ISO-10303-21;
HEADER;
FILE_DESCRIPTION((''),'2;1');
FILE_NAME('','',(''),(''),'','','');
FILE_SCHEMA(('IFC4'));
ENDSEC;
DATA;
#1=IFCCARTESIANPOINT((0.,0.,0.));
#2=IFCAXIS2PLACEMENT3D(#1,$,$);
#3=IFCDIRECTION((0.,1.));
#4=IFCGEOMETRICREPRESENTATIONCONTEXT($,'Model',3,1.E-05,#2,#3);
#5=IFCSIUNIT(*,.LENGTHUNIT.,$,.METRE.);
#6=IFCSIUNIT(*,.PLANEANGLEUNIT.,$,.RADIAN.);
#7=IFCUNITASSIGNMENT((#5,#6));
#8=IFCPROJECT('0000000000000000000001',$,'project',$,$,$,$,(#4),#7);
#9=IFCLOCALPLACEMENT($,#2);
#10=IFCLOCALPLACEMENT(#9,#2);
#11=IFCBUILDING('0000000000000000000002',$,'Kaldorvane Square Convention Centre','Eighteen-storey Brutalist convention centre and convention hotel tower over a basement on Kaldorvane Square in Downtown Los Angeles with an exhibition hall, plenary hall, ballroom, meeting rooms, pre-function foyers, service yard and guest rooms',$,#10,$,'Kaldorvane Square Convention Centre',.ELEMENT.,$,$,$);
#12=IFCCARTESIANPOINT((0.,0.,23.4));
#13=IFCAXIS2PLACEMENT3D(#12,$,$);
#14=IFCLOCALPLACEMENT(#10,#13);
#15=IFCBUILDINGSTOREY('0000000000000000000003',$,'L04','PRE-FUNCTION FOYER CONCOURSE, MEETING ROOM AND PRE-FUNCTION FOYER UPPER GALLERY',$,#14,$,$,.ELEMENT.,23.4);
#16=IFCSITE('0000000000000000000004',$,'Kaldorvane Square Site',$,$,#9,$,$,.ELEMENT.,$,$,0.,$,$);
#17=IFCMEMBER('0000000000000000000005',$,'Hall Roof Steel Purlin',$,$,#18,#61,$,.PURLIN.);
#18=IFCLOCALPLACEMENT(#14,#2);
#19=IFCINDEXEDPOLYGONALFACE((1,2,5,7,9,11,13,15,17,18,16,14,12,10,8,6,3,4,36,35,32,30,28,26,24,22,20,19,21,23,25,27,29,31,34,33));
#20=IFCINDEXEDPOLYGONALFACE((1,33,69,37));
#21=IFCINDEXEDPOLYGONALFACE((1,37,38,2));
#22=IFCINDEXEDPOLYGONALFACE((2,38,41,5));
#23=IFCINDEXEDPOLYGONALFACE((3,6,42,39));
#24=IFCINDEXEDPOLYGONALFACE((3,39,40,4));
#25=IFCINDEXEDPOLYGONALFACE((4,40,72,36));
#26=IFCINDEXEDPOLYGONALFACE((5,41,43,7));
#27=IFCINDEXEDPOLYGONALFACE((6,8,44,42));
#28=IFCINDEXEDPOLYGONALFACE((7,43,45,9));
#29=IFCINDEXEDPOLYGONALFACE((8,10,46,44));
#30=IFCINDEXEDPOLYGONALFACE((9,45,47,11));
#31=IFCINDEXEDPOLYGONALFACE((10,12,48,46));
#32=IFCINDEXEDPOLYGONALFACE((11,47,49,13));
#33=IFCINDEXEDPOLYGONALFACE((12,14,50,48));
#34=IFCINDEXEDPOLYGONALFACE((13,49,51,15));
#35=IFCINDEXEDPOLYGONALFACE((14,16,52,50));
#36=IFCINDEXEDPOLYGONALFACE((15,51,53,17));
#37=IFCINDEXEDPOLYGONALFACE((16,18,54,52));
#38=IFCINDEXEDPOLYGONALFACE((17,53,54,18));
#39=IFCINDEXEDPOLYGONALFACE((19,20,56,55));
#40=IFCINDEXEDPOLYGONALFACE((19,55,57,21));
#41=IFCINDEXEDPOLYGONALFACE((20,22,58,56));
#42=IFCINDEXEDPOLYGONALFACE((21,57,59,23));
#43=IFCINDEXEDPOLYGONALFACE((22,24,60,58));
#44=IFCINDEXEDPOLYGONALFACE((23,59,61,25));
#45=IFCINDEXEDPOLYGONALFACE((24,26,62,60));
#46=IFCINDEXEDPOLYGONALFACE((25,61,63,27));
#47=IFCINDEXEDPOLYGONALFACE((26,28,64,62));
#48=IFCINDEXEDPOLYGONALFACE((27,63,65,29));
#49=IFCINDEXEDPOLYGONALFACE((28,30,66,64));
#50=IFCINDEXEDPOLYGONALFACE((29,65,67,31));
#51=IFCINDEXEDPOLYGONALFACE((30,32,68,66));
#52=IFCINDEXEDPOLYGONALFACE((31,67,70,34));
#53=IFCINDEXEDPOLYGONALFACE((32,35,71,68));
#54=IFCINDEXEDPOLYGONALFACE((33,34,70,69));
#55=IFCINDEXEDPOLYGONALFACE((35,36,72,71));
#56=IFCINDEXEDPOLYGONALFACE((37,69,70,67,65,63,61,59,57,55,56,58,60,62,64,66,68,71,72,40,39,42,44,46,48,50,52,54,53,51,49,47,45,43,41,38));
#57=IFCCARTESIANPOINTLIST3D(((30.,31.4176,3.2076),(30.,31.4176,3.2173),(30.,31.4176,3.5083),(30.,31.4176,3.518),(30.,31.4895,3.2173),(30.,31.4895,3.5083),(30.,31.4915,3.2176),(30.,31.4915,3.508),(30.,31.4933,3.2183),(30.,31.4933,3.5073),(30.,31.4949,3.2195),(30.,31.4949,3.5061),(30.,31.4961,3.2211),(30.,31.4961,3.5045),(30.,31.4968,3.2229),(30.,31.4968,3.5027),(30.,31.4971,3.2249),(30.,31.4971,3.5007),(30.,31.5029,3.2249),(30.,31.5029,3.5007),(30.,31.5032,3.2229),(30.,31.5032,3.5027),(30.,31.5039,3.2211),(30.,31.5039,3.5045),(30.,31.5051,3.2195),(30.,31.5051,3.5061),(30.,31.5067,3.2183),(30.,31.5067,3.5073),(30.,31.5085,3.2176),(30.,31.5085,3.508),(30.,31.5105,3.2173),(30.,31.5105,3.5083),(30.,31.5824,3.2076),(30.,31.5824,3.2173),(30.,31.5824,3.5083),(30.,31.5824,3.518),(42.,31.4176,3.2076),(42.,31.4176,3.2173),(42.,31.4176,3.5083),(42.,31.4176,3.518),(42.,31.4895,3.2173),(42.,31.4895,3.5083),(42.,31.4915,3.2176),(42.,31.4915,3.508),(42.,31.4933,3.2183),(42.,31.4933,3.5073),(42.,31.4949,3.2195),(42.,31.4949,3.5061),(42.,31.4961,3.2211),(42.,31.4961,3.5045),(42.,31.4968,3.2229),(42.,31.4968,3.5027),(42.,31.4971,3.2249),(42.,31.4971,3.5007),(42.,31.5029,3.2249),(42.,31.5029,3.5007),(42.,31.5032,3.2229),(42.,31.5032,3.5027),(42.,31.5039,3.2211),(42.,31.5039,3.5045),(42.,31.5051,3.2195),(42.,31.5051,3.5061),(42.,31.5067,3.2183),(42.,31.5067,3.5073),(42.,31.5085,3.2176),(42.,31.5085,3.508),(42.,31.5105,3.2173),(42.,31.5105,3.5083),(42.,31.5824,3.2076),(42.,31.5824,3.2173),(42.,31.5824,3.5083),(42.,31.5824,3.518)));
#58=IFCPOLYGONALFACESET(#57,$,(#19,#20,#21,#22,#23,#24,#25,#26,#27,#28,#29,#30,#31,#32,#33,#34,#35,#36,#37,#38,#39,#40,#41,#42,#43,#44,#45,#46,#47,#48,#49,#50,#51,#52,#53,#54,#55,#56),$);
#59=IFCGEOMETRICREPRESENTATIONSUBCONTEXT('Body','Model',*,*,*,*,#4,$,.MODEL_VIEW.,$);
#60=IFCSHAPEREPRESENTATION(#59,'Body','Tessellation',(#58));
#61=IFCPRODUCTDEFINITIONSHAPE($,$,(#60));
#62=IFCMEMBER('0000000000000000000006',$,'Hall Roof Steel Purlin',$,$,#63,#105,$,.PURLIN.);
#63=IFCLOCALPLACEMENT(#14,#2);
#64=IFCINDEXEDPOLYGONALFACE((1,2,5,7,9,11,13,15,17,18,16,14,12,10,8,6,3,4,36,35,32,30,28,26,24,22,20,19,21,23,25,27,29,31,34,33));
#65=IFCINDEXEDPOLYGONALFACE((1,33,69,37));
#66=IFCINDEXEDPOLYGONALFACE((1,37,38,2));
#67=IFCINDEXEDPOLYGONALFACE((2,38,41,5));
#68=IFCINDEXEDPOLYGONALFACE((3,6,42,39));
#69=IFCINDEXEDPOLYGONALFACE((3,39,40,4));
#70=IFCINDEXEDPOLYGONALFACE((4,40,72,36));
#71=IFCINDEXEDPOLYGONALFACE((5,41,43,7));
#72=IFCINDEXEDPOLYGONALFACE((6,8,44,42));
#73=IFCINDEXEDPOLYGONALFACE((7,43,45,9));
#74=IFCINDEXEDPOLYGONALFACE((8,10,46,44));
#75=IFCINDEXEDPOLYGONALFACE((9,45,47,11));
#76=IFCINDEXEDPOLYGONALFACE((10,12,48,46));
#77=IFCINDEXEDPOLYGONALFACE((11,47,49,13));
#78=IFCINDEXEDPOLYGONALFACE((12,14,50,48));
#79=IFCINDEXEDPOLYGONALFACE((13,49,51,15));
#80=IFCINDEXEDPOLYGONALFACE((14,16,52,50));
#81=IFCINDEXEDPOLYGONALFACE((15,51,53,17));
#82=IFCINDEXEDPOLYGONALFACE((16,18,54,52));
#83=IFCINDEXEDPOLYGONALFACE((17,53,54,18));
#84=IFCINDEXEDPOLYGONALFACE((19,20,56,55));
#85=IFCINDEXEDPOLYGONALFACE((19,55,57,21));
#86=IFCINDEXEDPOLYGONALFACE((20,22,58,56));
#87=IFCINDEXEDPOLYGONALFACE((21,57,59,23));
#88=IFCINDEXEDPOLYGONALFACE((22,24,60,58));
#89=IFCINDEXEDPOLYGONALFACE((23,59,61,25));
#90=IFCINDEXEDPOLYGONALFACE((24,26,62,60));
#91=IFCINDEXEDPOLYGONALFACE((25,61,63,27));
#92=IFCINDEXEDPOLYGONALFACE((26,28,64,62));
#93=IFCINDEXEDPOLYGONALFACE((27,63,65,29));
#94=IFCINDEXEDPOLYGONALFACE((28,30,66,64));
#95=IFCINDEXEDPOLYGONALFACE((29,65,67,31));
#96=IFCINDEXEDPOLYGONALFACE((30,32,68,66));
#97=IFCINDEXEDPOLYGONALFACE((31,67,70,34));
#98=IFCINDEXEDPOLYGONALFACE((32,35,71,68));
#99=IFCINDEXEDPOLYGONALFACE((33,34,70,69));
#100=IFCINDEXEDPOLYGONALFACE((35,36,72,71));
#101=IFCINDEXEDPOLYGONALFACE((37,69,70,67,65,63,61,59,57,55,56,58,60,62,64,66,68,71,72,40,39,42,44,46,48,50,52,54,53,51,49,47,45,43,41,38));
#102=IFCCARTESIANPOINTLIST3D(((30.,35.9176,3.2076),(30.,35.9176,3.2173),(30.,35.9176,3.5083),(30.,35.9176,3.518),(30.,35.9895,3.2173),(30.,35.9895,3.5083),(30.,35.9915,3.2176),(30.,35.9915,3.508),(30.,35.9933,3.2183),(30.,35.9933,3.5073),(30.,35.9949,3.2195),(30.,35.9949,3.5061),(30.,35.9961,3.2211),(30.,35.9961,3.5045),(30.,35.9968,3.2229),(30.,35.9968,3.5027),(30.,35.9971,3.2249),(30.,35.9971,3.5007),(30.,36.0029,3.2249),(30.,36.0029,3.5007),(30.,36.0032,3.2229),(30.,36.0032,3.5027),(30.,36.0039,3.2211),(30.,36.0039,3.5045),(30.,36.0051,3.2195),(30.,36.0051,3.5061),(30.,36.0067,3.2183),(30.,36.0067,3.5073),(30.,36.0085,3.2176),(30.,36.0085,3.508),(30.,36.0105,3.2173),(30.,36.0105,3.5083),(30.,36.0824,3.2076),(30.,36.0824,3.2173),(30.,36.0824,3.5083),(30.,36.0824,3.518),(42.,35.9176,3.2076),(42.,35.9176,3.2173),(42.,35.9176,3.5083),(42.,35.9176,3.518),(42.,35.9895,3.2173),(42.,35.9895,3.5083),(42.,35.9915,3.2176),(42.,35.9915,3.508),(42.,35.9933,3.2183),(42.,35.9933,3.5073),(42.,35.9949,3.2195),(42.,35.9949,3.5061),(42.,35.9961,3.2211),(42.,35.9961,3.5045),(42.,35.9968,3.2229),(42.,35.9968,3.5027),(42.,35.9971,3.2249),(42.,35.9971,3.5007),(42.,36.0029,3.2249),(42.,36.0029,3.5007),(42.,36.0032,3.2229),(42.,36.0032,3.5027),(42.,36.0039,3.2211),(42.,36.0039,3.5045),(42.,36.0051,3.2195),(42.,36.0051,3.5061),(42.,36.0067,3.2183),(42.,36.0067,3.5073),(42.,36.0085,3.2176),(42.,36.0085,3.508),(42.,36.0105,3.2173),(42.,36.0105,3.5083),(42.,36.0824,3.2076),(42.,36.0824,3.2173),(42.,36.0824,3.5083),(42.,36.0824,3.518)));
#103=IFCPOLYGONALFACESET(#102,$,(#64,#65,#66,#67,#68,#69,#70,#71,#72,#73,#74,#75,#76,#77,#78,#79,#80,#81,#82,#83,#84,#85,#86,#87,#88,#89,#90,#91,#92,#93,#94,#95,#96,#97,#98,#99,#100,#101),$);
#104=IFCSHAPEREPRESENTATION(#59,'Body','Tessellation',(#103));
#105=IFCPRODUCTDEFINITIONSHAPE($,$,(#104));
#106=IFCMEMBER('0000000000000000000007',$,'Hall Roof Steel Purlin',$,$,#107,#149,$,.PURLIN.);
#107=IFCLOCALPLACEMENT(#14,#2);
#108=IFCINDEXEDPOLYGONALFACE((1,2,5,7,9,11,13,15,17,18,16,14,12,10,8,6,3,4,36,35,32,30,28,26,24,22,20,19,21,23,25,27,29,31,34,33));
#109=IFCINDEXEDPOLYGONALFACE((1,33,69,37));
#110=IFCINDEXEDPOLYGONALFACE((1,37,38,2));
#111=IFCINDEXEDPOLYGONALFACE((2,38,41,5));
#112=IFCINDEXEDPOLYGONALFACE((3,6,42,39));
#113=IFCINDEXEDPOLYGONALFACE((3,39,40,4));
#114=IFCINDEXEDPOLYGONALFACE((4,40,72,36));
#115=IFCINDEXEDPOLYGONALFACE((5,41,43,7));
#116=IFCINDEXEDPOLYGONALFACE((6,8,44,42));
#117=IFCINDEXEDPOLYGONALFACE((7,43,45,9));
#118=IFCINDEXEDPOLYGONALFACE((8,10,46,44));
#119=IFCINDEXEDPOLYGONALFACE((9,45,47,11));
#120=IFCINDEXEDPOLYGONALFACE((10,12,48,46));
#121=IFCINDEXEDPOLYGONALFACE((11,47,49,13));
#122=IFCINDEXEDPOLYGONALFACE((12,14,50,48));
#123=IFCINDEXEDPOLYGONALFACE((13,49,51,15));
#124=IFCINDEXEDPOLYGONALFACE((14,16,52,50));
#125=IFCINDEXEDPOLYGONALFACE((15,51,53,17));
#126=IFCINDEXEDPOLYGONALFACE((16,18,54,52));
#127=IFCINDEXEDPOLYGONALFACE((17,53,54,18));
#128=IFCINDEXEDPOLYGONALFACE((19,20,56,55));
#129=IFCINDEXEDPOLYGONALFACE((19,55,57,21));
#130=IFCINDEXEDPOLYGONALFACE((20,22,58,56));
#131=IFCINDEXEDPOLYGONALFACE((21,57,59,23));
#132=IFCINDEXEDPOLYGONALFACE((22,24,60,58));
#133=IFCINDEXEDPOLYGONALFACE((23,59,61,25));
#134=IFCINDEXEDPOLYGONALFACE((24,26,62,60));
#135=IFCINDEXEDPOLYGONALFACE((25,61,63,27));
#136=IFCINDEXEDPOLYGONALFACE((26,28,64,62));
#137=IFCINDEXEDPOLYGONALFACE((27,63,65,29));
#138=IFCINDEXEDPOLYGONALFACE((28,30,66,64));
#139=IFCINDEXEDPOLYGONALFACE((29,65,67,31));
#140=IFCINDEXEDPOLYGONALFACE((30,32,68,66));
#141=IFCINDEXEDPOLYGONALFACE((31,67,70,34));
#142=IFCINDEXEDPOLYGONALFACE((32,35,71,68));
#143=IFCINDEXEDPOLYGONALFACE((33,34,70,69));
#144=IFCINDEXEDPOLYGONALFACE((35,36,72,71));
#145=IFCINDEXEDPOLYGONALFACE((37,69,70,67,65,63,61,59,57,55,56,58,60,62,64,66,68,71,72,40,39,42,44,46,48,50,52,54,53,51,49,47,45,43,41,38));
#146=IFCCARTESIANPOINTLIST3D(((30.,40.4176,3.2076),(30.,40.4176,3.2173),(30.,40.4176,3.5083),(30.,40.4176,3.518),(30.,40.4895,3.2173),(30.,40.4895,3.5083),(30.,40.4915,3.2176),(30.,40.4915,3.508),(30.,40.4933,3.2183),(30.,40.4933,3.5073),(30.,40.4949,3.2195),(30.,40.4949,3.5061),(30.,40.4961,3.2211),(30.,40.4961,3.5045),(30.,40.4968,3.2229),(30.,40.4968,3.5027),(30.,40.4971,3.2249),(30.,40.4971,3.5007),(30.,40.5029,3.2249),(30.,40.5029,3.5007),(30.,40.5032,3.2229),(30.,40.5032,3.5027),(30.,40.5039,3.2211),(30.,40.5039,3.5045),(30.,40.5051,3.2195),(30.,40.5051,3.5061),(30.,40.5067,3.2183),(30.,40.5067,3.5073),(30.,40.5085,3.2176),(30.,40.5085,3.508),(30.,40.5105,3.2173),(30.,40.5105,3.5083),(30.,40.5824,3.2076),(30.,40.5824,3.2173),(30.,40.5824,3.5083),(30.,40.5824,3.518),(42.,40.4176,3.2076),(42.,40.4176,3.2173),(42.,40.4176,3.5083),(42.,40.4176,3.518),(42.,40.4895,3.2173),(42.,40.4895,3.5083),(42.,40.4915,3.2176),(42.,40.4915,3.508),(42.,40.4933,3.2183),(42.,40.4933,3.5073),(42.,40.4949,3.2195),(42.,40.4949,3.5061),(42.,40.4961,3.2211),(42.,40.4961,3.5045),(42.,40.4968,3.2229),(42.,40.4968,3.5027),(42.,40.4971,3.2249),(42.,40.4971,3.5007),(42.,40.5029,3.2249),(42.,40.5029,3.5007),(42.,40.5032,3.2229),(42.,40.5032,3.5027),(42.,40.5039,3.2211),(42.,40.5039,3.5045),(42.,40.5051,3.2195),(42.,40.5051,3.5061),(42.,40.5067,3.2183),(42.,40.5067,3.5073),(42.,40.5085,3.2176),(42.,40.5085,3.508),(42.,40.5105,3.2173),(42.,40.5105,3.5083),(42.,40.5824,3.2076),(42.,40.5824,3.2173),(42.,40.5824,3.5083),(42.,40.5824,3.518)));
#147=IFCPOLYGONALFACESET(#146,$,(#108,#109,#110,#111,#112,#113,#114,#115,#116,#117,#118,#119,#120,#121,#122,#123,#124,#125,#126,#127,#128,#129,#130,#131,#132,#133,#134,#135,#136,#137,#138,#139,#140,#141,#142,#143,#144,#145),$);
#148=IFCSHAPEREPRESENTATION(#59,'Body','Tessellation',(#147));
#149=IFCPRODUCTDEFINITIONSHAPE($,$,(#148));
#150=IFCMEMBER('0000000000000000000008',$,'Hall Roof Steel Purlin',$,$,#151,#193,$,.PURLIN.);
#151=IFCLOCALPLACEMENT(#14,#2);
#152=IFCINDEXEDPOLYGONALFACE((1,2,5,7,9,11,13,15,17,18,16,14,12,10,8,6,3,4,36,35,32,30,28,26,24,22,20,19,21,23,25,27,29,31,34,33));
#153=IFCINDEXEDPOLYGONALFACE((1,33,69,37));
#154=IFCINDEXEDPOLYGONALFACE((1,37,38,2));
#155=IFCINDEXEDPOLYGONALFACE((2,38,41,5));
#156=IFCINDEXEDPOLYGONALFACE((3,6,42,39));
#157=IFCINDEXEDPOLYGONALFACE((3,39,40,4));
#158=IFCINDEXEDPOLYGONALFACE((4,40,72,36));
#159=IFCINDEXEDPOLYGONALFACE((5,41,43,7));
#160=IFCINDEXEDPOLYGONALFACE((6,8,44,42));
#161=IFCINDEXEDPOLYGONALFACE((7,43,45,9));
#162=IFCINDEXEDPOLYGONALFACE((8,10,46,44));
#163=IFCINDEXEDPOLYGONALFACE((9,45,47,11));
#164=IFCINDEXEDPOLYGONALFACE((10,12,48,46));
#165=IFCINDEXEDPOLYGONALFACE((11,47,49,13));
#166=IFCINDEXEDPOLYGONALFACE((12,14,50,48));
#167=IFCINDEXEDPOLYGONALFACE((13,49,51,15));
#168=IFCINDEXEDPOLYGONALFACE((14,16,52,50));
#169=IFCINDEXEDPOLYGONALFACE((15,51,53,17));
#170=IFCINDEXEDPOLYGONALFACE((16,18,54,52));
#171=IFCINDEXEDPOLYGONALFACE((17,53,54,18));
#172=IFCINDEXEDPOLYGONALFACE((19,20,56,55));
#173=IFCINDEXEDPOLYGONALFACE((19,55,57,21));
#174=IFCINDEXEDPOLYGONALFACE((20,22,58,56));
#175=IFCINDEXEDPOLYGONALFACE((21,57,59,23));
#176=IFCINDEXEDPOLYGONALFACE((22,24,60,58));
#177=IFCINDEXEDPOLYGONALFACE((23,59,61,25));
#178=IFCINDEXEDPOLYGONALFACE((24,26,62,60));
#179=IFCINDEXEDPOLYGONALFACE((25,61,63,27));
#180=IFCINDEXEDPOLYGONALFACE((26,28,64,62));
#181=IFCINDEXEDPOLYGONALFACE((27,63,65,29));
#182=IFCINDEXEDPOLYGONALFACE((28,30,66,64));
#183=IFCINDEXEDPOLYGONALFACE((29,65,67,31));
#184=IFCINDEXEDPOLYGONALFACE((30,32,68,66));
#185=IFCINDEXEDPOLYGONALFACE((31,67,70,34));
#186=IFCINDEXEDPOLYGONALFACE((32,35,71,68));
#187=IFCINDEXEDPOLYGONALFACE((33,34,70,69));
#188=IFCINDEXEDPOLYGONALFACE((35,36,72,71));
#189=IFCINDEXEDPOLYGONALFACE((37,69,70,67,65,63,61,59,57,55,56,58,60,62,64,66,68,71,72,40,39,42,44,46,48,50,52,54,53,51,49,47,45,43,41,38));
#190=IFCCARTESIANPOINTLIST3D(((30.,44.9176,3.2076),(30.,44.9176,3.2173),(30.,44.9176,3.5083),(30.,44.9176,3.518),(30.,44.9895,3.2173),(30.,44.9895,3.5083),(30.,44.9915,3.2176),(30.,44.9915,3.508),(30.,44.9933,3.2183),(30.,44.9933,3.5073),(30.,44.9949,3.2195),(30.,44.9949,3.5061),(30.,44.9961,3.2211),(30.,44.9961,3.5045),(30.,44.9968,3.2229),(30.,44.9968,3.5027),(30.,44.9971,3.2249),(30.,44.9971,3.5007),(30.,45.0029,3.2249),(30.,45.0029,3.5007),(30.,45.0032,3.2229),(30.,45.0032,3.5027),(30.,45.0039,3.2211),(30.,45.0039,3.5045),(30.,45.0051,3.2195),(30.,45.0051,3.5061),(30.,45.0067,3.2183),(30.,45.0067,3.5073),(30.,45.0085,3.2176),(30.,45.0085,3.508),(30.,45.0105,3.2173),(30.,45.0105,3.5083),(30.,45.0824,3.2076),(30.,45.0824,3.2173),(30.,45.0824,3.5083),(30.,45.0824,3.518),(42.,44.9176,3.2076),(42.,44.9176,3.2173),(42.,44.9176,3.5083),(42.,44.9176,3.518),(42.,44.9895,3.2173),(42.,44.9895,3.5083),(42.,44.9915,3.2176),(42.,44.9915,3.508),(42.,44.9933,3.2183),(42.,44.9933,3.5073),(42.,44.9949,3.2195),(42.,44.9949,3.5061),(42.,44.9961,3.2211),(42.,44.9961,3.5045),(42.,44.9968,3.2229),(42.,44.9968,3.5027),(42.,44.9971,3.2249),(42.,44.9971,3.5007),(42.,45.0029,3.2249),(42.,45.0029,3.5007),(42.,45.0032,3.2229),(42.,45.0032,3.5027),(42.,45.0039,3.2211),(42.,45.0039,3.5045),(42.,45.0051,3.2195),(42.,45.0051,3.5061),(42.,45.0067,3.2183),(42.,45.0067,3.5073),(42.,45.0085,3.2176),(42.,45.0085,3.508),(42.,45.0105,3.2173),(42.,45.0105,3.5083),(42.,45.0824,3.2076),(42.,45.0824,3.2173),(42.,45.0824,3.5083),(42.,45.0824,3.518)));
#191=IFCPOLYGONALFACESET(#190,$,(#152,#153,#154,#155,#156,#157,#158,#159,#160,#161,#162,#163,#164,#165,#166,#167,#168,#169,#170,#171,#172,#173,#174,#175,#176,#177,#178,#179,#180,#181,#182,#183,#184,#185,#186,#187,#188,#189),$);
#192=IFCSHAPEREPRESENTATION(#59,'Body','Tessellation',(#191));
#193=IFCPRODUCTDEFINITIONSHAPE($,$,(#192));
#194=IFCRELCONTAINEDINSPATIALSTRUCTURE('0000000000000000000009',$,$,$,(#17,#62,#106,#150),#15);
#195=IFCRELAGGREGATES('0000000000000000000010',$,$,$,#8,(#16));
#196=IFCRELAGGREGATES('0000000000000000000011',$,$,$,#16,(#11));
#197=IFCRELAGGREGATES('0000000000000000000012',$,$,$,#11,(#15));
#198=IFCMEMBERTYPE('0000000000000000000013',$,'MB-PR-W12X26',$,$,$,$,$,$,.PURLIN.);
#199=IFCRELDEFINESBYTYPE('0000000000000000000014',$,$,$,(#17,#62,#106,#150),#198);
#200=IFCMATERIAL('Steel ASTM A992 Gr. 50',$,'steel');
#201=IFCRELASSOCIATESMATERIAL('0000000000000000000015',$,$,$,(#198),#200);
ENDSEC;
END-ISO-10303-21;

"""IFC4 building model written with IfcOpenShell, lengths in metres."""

from ifc_helpers import new_model, si_unit, direction, frame, origin, origin_2d, place, context, subcontext, project, spatial, i_section, extrude, material, material_profile, profile_set, type_object, element, save


model = new_model("IFC4")

# Units and contexts
model_context = context("Model", 3, precision=1e-05, world=origin(), true_north=direction((0.0, 1.0)))
body_context = subcontext(model_context, "Body", "Model", "MODEL_VIEW")
ifc_project = project(units=[si_unit("LENGTHUNIT", "METRE"), si_unit("PLANEANGLEUNIT", "RADIAN")], contexts=[model_context])

# Site, building, storey
site_placement = place(None, origin())
site = spatial("IfcSite", under=ifc_project, at=site_placement, Name="Kaldorvane Square Site", CompositionType="ELEMENT", RefElevation=0.0)
building_placement = place(site_placement, origin())
building = spatial("IfcBuilding", under=site, at=building_placement, Name="Kaldorvane Square Convention Centre", Description="Eighteen-storey Brutalist convention centre and convention hotel tower over a basement on Kaldorvane Square in Downtown Los Angeles with an exhibition hall, plenary hall, ballroom, meeting rooms, pre-function foyers, service yard and guest rooms", LongName="Kaldorvane Square Convention Centre", CompositionType="ELEMENT")
storey_placement = place(building_placement, frame((0.0, 0.0, 23.4)))
storey = spatial("IfcBuildingStorey", under=building, at=storey_placement, Name="L04", Description="PRE-FUNCTION FOYER CONCOURSE, MEETING ROOM AND PRE-FUNCTION FOYER UPPER GALLERY", CompositionType="ELEMENT", Elevation=23.4)

# Members
ifc_material_1 = material(Name="Steel ASTM A992 Gr. 50", Category="steel")
ifc_material_profile_1 = material_profile(ifc_material_1, i_section(OverallWidth=0.1648, OverallDepth=0.3104, WebThickness=0.0058, FlangeThickness=0.0097, FilletRadius=0.0076, at=origin_2d()), Name="W12X26")
ifc_profile_set_1 = profile_set([ifc_material_profile_1], Name="Steel ASTM A992 Gr. 50")
member_type_1 = type_object("IfcMemberType", Name="MB-PR-W12X26", PredefinedType="PURLIN", material=ifc_profile_set_1)
for number, where, z_axis, x_axis, name in (
    (1, (30.0, 31.5, 3.3628), (1.0, 0.0, 0.0), (0.0, 1.0, 0.0), "Hall Roof Steel Purlin"),
    (2, (30.0, 36.0, 3.3628), (1.0, 0.0, 0.0), (0.0, 1.0, 0.0), "Hall Roof Steel Purlin"),
    (3, (30.0, 40.5, 3.3628), (1.0, 0.0, 0.0), (0.0, 1.0, 0.0), "Hall Roof Steel Purlin"),
    (4, (30.0, 45.0, 3.3628), (1.0, 0.0, 0.0), (0.0, 1.0, 0.0), "Hall Roof Steel Purlin"),
):
    element("IfcMember", number, at=place(storey_placement, frame(where, z_axis=z_axis, x_axis=x_axis)), inside=storey, type_object=member_type_1, Name=name, PredefinedType="PURLIN", context=body_context, shape_type="SweptSolid", body=[
        extrude(i_section(OverallWidth=0.1648, OverallDepth=0.3104, WebThickness=0.0058, FlangeThickness=0.0097, FilletRadius=0.0076, at=origin_2d()), origin(), (0.0, 0.0, 1.0), 12.0),
    ])

save(model, "model.ifc")
